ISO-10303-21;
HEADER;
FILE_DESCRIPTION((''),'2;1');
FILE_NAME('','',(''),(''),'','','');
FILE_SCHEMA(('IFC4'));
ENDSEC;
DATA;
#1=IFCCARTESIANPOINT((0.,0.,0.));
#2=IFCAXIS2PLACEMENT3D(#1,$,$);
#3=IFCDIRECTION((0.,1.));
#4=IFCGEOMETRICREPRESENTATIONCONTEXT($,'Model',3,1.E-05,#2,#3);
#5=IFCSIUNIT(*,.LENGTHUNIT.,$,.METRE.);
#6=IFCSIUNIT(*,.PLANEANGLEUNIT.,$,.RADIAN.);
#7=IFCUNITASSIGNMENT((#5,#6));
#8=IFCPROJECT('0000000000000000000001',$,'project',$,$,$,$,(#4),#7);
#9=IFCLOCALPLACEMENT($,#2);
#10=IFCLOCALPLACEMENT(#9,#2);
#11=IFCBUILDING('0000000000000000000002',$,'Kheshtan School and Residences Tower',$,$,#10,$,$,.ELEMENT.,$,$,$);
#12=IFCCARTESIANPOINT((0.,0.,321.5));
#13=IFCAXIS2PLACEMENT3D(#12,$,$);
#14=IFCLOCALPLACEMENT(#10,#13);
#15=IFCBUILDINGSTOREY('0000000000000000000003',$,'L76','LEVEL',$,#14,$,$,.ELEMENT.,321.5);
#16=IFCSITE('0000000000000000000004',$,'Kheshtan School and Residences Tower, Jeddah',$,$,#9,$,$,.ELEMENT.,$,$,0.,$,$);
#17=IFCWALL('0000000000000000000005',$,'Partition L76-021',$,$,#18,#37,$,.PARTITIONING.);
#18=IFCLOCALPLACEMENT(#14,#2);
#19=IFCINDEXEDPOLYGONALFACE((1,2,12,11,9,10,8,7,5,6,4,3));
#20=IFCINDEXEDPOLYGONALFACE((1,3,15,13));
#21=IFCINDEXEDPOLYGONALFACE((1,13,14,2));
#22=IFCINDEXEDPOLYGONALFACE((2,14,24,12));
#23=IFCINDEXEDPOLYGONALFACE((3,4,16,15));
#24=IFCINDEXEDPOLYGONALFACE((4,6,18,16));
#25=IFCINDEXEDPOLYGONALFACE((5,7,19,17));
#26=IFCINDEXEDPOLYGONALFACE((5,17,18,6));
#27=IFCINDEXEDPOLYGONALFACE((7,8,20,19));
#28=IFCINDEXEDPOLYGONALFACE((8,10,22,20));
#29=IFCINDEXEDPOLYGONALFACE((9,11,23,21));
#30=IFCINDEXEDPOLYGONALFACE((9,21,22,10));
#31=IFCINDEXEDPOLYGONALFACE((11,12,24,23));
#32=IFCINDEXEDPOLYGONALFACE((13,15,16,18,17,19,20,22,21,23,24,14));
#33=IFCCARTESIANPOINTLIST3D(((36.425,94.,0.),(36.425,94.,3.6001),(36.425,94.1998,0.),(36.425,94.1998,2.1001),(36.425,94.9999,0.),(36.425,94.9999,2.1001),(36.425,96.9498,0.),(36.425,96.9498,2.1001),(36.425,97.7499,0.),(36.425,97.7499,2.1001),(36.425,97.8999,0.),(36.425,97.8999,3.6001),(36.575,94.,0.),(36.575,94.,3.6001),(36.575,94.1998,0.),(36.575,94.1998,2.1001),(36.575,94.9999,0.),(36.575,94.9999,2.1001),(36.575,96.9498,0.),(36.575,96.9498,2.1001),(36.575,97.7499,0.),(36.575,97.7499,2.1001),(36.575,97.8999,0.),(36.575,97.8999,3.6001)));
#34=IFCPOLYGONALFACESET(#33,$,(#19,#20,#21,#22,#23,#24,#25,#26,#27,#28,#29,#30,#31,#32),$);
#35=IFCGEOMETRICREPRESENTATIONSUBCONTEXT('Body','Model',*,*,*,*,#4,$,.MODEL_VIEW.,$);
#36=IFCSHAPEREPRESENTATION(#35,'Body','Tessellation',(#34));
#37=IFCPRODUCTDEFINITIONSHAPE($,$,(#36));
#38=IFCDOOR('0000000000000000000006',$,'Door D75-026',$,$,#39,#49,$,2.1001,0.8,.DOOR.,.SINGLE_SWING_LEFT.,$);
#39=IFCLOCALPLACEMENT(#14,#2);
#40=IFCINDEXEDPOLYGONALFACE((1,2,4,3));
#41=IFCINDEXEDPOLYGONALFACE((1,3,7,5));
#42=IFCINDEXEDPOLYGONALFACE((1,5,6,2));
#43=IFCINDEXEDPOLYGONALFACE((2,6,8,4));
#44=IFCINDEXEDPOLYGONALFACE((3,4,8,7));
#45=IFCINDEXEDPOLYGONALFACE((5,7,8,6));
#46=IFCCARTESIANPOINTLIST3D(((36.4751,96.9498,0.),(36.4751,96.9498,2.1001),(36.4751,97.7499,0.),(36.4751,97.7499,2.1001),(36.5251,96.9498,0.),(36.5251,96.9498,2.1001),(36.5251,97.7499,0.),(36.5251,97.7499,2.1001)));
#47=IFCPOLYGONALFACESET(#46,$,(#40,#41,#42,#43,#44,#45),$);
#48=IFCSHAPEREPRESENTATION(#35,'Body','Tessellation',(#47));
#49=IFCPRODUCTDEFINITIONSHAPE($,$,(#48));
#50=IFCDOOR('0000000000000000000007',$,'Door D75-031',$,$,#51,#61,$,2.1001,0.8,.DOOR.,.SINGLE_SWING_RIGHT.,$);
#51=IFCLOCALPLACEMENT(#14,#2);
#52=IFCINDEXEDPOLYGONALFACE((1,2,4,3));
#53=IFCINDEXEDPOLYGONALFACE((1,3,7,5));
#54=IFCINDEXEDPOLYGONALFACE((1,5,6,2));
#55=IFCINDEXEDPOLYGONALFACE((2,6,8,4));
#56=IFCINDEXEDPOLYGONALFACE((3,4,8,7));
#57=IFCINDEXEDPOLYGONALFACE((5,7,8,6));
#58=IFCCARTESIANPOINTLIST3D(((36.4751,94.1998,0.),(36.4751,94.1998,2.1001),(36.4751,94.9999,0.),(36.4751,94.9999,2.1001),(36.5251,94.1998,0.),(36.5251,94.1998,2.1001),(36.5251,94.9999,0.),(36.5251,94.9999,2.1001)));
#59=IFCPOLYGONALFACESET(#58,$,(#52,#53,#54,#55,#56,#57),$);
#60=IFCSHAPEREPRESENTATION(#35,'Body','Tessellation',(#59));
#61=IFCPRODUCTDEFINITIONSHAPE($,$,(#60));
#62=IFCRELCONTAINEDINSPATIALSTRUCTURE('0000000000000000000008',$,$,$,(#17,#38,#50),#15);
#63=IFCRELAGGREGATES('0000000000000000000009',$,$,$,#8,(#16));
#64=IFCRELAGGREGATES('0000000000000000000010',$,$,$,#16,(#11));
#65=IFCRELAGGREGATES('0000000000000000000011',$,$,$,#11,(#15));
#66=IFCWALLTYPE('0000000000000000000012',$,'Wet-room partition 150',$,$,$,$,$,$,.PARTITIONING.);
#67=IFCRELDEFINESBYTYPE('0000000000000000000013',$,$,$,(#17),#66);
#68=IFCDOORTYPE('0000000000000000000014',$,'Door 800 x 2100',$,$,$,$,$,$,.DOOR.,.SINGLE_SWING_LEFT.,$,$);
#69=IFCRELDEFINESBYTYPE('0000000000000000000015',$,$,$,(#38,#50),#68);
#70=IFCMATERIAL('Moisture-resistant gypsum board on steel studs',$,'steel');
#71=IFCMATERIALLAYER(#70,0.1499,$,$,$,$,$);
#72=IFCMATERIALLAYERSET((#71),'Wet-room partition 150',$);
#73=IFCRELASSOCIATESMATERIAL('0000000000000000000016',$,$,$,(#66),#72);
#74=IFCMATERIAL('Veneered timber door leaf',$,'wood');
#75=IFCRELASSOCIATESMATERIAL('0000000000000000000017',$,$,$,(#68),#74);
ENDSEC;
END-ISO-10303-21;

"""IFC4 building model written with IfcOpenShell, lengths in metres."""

from ifc_helpers import new_model, si_unit, direction, frame, frame_2d, origin, place, context, subcontext, project, spatial, rectangle, extrude, source, transform, mapped, material, layer, layer_set, type_object, element, fill, save


model = new_model("IFC4")

# Units and contexts
model_context = context("Model", 3, precision=1e-05, world=origin(), true_north=direction((0.0, 1.0)))
body_context = subcontext(model_context, "Body", "Model", "MODEL_VIEW")
ifc_project = project(units=[si_unit("LENGTHUNIT", "METRE"), si_unit("PLANEANGLEUNIT", "RADIAN")], contexts=[model_context])

# Site, building, storey
site_placement = place(None, origin())
site = spatial("IfcSite", under=ifc_project, at=site_placement, Name="Kheshtan School and Residences Tower, Jeddah", CompositionType="ELEMENT", RefElevation=0.0)
building_placement = place(site_placement, origin())
building = spatial("IfcBuilding", under=site, at=building_placement, Name="Kheshtan School and Residences Tower", CompositionType="ELEMENT")
storey_placement = place(building_placement, frame((0.0, 0.0, 321.5)))
storey = spatial("IfcBuildingStorey", under=building, at=storey_placement, Name="L76", Description="LEVEL", CompositionType="ELEMENT", Elevation=321.5)

# Shared definitions
ifc_material_1 = material(Name="Veneered timber door leaf", Category="wood")

# Shared definitions
ifc_material_2 = material(Name="Moisture-resistant gypsum board on steel studs", Category="steel")
ifc_layer_1 = layer(ifc_material_2, 0.1499)
ifc_layer_set_1 = layer_set([ifc_layer_1], Name="Wet-room partition 150")
wall_type_1 = type_object("IfcWallType", Name="Wet-room partition 150", PredefinedType="PARTITIONING", material=ifc_layer_set_1)

# Wall, openings, doors
wall_1_placement = place(storey_placement, frame((36.5, 94.0, 0.0), z_axis=(0.0, 0.0, 1.0), x_axis=(0.0, 1.0, 0.0)))
wall_1 = element("IfcWall", 1, at=wall_1_placement, inside=storey, type_object=wall_type_1, Name="Partition L76-021", PredefinedType="PARTITIONING", context=body_context, shape_type="SweptSolid", body=[
    extrude(rectangle(XDim=3.8999, YDim=0.1499, at=frame_2d((1.95, 0.0))), origin(), (0.0, 0.0, 1.0), 3.6001),
])
opening_1_placement = place(wall_1_placement, frame((2.95, 0.0, 0.0)))
opening_1 = element("IfcOpeningElement", 2, at=opening_1_placement, cuts=wall_1, PredefinedType="OPENING", context=body_context, shape_type="SweptSolid", body=[
    extrude(rectangle(XDim=0.8, YDim=2.1001, at=frame_2d((0.3999, 1.05))), frame((0.0, 0.085, 0.0), z_axis=(0.0, -1.0, 0.0), x_axis=(1.0, 0.0, 0.0)), (0.0, 0.0, 1.0), 0.1699),
])
opening_2_placement = place(wall_1_placement, frame((0.2, 0.0, 0.0)))
opening_2 = element("IfcOpeningElement", 3, at=opening_2_placement, cuts=wall_1, PredefinedType="OPENING", context=body_context, shape_type="SweptSolid", body=[
    extrude(rectangle(XDim=0.8, YDim=2.1001, at=frame_2d((0.3999, 1.05))), frame((0.0, 0.085, 0.0), z_axis=(0.0, -1.0, 0.0), x_axis=(1.0, 0.0, 0.0)), (0.0, 0.0, 1.0), 0.1699),
])
door_type_1 = type_object("IfcDoorType", Name="Door 800 x 2100", OperationType="SINGLE_SWING_LEFT", PredefinedType="DOOR", material=ifc_material_1)
shared_shape_1 = source(origin(), body_context, "Body", "SweptSolid", [
    extrude(rectangle(XDim=0.8, YDim=2.1001, at=frame_2d((0.3999, 1.05))), frame((0.0, 0.0249, 0.0), z_axis=(0.0, -1.0, 0.0), x_axis=(1.0, 0.0, 0.0)), (0.0, 0.0, 1.0), 0.05),
])
door_1_placement = place(opening_1_placement, origin())
door_1 = element("IfcDoor", 4, at=door_1_placement, inside=storey, type_object=door_type_1, Name="Door D75-026", OperationType="SINGLE_SWING_LEFT", OverallHeight=2.1001, OverallWidth=0.8, PredefinedType="DOOR", context=body_context, shape_type="MappedRepresentation", body=[
    mapped(shared_shape_1, transform((0.0, 0.0, 0.0), x_axis=(1.0, 0.0, 0.0), y_axis=(0.0, 1.0, 0.0), z_axis=(0.0, 0.0, 1.0), scale=1.0)),
])
fill(opening_1, door_1)
door_2_placement = place(opening_2_placement, origin())
door_2 = element("IfcDoor", 5, at=door_2_placement, inside=storey, type_object=door_type_1, Name="Door D75-031", OperationType="SINGLE_SWING_RIGHT", OverallHeight=2.1001, OverallWidth=0.8, PredefinedType="DOOR", context=body_context, shape_type="MappedRepresentation", body=[
    mapped(shared_shape_1, transform((0.0, 0.0, 0.0), x_axis=(1.0, 0.0, 0.0), y_axis=(0.0, 1.0, 0.0), z_axis=(0.0, 0.0, 1.0), scale=1.0)),
])
fill(opening_2, door_2)

save(model, "model.ifc")
